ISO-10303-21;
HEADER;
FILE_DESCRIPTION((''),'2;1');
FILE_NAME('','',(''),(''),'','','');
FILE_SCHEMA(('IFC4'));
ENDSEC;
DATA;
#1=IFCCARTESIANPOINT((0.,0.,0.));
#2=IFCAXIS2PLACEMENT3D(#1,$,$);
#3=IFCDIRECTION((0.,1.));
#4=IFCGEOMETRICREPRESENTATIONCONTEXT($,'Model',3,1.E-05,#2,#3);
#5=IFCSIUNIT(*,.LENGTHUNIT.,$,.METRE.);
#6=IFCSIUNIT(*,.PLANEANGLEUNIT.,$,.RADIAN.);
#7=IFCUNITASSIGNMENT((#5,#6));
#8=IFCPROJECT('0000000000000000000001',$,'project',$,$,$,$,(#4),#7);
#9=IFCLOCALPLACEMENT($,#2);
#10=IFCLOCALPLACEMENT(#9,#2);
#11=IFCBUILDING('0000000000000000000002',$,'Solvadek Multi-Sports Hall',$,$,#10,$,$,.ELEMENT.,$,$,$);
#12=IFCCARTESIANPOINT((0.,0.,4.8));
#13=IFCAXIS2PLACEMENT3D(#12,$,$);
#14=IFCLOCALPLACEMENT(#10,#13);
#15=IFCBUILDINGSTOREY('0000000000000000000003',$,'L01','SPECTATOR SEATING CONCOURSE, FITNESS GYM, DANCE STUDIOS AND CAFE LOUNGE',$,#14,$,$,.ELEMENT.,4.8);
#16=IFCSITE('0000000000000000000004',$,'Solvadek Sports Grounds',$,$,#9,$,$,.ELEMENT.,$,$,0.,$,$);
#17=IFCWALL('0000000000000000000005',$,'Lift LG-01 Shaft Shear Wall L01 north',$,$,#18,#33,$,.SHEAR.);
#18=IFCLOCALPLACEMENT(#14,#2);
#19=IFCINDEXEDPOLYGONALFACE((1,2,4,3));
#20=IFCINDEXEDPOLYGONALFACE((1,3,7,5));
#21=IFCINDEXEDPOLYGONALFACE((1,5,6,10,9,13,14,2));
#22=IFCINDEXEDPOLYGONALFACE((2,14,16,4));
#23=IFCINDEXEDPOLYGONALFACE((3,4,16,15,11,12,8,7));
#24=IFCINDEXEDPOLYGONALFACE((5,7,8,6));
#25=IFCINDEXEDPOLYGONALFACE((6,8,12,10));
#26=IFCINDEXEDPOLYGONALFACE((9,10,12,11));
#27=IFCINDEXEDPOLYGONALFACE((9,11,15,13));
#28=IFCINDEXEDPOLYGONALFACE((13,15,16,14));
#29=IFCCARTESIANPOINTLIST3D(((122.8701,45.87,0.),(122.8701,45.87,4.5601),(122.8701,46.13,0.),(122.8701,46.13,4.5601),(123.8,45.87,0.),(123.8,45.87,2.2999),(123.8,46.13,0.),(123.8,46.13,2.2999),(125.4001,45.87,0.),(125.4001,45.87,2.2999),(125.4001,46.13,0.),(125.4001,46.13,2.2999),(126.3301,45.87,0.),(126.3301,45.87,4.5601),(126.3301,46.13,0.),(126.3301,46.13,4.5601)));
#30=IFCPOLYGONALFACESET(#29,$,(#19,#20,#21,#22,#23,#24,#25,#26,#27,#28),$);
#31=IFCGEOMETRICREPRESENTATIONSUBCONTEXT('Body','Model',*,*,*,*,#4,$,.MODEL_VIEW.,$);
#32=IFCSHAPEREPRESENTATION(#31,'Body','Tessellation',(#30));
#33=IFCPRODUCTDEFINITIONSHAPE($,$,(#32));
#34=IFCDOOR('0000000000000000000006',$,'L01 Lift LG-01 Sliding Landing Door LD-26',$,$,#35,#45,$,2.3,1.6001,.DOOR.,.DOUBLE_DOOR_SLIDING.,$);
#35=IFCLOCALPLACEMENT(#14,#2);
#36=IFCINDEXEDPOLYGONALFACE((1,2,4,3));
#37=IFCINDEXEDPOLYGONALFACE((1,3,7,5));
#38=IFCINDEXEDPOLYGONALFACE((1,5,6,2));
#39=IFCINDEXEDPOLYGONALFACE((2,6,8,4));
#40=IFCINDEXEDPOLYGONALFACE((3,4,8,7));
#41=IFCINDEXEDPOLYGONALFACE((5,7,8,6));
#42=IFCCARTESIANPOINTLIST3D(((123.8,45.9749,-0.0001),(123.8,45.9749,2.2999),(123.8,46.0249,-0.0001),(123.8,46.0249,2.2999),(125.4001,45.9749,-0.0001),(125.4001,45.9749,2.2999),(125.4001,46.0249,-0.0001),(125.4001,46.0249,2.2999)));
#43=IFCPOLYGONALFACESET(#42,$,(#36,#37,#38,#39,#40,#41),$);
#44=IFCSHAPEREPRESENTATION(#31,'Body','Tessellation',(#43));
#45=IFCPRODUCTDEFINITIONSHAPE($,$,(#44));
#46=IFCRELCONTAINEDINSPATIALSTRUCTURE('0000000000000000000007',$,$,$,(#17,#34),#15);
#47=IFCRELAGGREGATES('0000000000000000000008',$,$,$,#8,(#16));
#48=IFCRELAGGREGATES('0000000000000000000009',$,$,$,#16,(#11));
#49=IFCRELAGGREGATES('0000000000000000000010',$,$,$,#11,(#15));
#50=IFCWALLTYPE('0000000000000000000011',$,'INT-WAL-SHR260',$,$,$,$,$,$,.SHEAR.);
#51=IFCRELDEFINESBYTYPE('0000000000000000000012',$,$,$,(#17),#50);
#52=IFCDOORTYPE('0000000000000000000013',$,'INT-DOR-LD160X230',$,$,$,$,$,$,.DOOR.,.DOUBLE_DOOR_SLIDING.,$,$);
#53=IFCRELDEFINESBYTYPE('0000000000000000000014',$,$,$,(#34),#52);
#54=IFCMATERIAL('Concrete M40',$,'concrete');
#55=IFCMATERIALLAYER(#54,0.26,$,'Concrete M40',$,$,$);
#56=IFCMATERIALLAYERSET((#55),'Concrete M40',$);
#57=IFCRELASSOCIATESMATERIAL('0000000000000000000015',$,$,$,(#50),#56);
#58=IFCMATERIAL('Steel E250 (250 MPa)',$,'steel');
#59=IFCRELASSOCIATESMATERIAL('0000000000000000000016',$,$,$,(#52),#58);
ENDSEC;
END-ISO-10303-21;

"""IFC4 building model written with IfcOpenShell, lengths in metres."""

from ifc_helpers import new_model, si_unit, direction, frame, frame_2d, origin, place, context, subcontext, project, spatial, rectangle, extrude, material, layer, layer_set, type_object, element, fill, save


model = new_model("IFC4")

# Units and contexts
model_context = context("Model", 3, precision=1e-05, world=origin(), true_north=direction((0.0, 1.0)))
body_context = subcontext(model_context, "Body", "Model", "MODEL_VIEW")
ifc_project = project(units=[si_unit("LENGTHUNIT", "METRE"), si_unit("PLANEANGLEUNIT", "RADIAN")], contexts=[model_context])

# Site, building, storey
site_placement = place(None, origin())
site = spatial("IfcSite", under=ifc_project, at=site_placement, Name="Solvadek Sports Grounds", CompositionType="ELEMENT", RefElevation=0.0)
building_placement = place(site_placement, origin())
building = spatial("IfcBuilding", under=site, at=building_placement, Name="Solvadek Multi-Sports Hall", CompositionType="ELEMENT")
storey_placement = place(building_placement, frame((0.0, 0.0, 4.8)))
storey = spatial("IfcBuildingStorey", under=building, at=storey_placement, Name="L01", Description="SPECTATOR SEATING CONCOURSE, FITNESS GYM, DANCE STUDIOS AND CAFE LOUNGE", CompositionType="ELEMENT", Elevation=4.8)

# Wall, opening, door
ifc_material_1 = material(Name="Concrete M40", Category="concrete")
ifc_layer_1 = layer(ifc_material_1, 0.26, Name="Concrete M40")
ifc_layer_set_1 = layer_set([ifc_layer_1], Name="Concrete M40")
wall_type_1 = type_object("IfcWallType", Name="INT-WAL-SHR260", PredefinedType="SHEAR", material=ifc_layer_set_1)
wall_1_placement = place(storey_placement, frame((122.8701, 46.0, 0.0), z_axis=(0.0, 0.0, 1.0), x_axis=(1.0, 0.0, 0.0)))
wall_1 = element("IfcWall", 1, at=wall_1_placement, inside=storey, type_object=wall_type_1, Name="Lift LG-01 Shaft Shear Wall L01 north", PredefinedType="SHEAR", context=body_context, shape_type="SweptSolid", body=[
    extrude(rectangle(XDim=3.46, YDim=0.26, at=frame_2d((1.73, 0.0))), origin(), (0.0, 0.0, 1.0), 4.5601),
])
opening_1_placement = place(wall_1_placement, frame((0.9299, 0.0, 0.0)))
opening_1 = element("IfcOpeningElement", 2, at=opening_1_placement, cuts=wall_1, PredefinedType="OPENING", context=body_context, shape_type="SweptSolid", body=[
    extrude(rectangle(XDim=1.6001, YDim=2.3, at=frame_2d((0.8, 1.1499))), frame((0.0, 0.1399, 0.0), z_axis=(0.0, -1.0, 0.0), x_axis=(1.0, 0.0, 0.0)), (0.0, 0.0, 1.0), 0.28),
])
ifc_material_2 = material(Name="Steel E250 (250 MPa)", Category="steel")
door_type = type_object("IfcDoorType", Name="INT-DOR-LD160X230", OperationType="DOUBLE_DOOR_SLIDING", PredefinedType="DOOR", material=ifc_material_2)
door_placement = place(opening_1_placement, origin())
door = element("IfcDoor", 3, at=door_placement, inside=storey, type_object=door_type, Name="L01 Lift LG-01 Sliding Landing Door LD-26", OperationType="DOUBLE_DOOR_SLIDING", OverallHeight=2.3, OverallWidth=1.6001, PredefinedType="DOOR", context=body_context, shape_type="SweptSolid", body=[
    extrude(rectangle(XDim=1.6001, YDim=2.3, at=frame_2d((0.8, 1.1499))), frame((0.0, 0.0249, 0.0), z_axis=(0.0, -1.0, 0.0), x_axis=(1.0, 0.0, 0.0)), (0.0, 0.0, 1.0), 0.05),
])
fill(opening_1, door)

save(model, "model.ifc")
